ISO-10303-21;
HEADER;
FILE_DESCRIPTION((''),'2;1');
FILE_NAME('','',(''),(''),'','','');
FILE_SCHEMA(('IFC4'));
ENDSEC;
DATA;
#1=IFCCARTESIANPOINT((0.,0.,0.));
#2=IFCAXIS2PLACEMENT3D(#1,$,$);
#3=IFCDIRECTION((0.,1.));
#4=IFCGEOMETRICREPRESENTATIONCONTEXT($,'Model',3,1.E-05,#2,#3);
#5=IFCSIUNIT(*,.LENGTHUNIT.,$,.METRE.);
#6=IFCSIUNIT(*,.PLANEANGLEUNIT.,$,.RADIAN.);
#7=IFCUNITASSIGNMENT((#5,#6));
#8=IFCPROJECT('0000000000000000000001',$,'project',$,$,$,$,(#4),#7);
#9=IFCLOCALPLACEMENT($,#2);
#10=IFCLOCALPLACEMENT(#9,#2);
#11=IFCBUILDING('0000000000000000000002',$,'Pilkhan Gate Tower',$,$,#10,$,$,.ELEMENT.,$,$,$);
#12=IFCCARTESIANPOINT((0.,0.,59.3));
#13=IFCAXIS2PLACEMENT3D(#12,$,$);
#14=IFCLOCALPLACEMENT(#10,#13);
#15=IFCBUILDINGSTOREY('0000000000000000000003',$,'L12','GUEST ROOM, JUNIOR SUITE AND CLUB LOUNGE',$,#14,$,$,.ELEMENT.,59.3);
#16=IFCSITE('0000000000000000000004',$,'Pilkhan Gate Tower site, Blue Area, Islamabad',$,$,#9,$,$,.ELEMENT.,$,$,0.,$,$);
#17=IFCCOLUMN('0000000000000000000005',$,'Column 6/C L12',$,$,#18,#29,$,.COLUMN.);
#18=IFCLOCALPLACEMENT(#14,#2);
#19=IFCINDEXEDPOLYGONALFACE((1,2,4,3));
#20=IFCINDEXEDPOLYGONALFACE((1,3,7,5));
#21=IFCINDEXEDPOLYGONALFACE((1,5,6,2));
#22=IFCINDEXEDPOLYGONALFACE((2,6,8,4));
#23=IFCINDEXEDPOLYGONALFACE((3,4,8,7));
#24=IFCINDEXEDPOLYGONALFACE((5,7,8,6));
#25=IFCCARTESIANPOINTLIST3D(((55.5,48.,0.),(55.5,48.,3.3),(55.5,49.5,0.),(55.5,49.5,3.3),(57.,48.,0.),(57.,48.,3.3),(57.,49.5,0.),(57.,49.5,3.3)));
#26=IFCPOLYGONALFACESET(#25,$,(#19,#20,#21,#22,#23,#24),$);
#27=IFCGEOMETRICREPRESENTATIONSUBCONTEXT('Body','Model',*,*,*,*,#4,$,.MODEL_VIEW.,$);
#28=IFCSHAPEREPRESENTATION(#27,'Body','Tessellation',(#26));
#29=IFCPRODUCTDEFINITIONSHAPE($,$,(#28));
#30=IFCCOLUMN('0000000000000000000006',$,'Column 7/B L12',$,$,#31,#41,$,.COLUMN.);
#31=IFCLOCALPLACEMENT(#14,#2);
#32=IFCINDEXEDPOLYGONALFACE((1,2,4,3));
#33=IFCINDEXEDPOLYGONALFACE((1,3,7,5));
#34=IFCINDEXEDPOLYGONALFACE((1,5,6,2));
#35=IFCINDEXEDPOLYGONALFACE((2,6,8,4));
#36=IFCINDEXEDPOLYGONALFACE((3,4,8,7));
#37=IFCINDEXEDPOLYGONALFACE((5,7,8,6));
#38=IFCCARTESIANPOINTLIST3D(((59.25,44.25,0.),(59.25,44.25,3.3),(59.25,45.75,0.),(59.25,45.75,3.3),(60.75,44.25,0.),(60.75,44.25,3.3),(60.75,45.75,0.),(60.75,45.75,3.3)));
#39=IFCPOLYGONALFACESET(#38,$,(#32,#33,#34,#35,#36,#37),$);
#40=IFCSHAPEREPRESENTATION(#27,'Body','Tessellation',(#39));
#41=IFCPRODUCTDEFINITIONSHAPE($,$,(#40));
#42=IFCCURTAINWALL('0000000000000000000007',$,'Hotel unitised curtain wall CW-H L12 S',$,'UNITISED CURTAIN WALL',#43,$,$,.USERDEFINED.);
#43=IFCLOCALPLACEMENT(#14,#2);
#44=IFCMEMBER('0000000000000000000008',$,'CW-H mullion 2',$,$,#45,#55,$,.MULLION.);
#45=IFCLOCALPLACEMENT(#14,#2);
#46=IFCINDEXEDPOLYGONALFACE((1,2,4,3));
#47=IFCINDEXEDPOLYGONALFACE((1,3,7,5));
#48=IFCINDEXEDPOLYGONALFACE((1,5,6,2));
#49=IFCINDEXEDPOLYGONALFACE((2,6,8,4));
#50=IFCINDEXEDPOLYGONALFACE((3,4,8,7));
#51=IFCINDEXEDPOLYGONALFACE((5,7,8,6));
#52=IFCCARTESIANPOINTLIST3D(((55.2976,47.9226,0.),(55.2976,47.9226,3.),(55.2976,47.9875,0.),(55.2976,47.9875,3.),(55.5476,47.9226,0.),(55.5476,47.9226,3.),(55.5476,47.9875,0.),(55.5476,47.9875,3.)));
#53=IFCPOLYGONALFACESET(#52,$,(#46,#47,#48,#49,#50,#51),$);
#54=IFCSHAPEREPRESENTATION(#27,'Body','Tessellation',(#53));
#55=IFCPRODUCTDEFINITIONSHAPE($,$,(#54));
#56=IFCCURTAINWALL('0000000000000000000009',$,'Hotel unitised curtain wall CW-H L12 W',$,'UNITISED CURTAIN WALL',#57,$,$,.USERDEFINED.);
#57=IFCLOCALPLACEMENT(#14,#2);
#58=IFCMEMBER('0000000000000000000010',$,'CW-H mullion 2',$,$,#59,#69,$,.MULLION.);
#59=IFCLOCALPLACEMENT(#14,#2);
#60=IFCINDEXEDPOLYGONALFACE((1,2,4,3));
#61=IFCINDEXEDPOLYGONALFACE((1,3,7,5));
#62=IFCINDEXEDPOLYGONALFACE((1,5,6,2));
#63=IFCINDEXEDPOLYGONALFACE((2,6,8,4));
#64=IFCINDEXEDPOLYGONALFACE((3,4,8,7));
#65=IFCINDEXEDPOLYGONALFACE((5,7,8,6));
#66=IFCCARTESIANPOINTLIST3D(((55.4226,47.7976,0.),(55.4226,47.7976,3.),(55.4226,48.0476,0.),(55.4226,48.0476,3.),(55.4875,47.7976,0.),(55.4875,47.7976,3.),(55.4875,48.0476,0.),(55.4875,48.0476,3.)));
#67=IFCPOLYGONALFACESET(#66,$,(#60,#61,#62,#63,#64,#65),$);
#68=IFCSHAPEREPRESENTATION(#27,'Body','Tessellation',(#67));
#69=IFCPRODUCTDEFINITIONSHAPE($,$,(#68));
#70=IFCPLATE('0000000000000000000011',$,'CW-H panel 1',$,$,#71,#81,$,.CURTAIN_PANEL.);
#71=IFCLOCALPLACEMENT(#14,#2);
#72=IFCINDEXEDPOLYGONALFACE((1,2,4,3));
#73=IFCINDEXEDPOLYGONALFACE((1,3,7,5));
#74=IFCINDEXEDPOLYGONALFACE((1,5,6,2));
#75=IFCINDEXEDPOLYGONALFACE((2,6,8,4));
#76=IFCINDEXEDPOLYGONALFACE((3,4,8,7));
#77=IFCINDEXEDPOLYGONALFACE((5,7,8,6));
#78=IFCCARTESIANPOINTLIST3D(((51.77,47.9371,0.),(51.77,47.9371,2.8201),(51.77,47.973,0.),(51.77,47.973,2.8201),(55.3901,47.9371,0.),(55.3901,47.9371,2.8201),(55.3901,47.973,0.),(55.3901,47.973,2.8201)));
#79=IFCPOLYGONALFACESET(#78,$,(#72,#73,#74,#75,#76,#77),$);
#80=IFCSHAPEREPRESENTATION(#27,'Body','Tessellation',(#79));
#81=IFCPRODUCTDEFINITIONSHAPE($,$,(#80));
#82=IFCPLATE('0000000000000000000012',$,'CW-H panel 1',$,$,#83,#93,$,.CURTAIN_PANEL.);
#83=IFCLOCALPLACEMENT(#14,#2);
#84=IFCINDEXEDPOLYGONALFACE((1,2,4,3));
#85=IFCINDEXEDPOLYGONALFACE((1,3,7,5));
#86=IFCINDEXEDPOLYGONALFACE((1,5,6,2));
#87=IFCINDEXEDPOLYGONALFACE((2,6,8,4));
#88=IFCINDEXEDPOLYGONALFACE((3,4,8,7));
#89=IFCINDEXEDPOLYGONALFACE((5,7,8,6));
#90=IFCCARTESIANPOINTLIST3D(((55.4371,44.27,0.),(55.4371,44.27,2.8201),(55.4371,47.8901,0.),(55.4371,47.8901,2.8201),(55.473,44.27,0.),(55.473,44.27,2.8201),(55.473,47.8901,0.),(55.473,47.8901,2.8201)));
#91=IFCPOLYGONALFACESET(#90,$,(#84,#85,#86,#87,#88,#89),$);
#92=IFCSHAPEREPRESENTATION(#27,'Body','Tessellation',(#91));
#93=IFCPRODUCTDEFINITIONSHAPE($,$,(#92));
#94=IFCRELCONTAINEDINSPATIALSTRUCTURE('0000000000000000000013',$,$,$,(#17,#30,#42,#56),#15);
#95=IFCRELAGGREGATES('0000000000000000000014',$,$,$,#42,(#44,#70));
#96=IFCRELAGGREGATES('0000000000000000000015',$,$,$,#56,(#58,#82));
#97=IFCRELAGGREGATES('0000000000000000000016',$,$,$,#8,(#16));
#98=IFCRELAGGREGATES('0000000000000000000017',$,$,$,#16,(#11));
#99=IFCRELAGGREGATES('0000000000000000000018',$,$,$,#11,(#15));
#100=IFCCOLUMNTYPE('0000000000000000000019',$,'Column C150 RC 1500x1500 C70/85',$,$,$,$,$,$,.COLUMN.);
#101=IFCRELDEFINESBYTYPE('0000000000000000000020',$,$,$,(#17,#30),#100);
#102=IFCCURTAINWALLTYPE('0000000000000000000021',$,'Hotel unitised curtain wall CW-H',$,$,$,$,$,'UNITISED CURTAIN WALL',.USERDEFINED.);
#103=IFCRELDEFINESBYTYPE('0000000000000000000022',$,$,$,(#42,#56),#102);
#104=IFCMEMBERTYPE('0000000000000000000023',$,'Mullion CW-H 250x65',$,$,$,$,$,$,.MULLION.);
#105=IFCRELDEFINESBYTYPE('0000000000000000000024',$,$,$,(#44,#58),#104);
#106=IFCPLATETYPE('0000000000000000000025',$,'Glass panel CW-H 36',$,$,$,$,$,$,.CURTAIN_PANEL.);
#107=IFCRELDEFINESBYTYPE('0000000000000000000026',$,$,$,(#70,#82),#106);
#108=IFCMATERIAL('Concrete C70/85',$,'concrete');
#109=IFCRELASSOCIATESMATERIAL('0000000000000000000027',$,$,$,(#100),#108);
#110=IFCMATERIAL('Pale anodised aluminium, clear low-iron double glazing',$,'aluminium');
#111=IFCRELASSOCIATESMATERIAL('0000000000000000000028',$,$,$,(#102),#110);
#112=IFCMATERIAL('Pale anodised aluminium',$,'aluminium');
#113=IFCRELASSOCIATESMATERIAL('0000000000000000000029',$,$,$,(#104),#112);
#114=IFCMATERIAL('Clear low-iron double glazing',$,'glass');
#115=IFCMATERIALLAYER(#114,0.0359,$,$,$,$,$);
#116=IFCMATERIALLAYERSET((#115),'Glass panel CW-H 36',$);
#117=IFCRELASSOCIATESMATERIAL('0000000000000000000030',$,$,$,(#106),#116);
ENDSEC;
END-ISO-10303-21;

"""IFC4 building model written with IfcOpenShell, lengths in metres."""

from ifc_helpers import new_model, si_unit, direction, frame, origin, origin_2d, place, context, subcontext, project, spatial, rectangle, extrude, material, layer, layer_set, material_profile, profile_set, type_object, element, aggregate, save


model = new_model("IFC4")

# Units and contexts
model_context = context("Model", 3, precision=1e-05, world=origin(), true_north=direction((0.0, 1.0)))
body_context = subcontext(model_context, "Body", "Model", "MODEL_VIEW")
ifc_project = project(units=[si_unit("LENGTHUNIT", "METRE"), si_unit("PLANEANGLEUNIT", "RADIAN")], contexts=[model_context])

# Site, building, storey
site_placement = place(None, origin())
site = spatial("IfcSite", under=ifc_project, at=site_placement, Name="Pilkhan Gate Tower site, Blue Area, Islamabad", CompositionType="ELEMENT", RefElevation=0.0)
building_placement = place(site_placement, origin())
building = spatial("IfcBuilding", under=site, at=building_placement, Name="Pilkhan Gate Tower", CompositionType="ELEMENT")
storey_placement = place(building_placement, frame((0.0, 0.0, 59.3)))
storey = spatial("IfcBuildingStorey", under=building, at=storey_placement, Name="L12", Description="GUEST ROOM, JUNIOR SUITE AND CLUB LOUNGE", CompositionType="ELEMENT", Elevation=59.3)

# Columns
ifc_material_1 = material(Name="Concrete C70/85", Category="concrete")
ifc_material_profile_1 = material_profile(ifc_material_1, rectangle(XDim=1.5, YDim=1.5, at=origin_2d()), Name="RC 1500x1500")
ifc_profile_set_1 = profile_set([ifc_material_profile_1], Name="Concrete C70/85")
column_type = type_object("IfcColumnType", Name="Column C150 RC 1500x1500 C70/85", PredefinedType="COLUMN", material=ifc_profile_set_1)
for number, where, z_axis, x_axis, name in (
    (1, (56.25, 48.75, 0.0), (0.0, 0.0, 1.0), (1.0, 0.0, 0.0), "Column 6/C L12"),
    (2, (60.0, 45.0, 0.0), (0.0, 0.0, 1.0), (1.0, 0.0, 0.0), "Column 7/B L12"),
):
    element("IfcColumn", number, at=place(storey_placement, frame(where, z_axis=z_axis, x_axis=x_axis)), inside=storey, type_object=column_type, Name=name, PredefinedType="COLUMN", context=body_context, shape_type="SweptSolid", body=[
        extrude(rectangle(XDim=1.5, YDim=1.5, at=origin_2d()), origin(), (0.0, 0.0, 1.0), 3.3),
    ])

# Curtain walls, members
ifc_material_2 = material(Name="Pale anodised aluminium, clear low-iron double glazing", Category="aluminium")
curtain_wall_type = type_object("IfcCurtainWallType", Name="Hotel unitised curtain wall CW-H", ElementType="UNITISED CURTAIN WALL", PredefinedType="USERDEFINED", material=ifc_material_2)
curtain_wall_1_placement = place(storey_placement, origin())
curtain_wall_1 = element("IfcCurtainWall", 3, at=curtain_wall_1_placement, inside=storey, type_object=curtain_wall_type, Name="Hotel unitised curtain wall CW-H L12 S", ObjectType="UNITISED CURTAIN WALL", PredefinedType="USERDEFINED")
ifc_material_3 = material(Name="Pale anodised aluminium", Category="aluminium")
ifc_material_profile_2 = material_profile(ifc_material_3, rectangle(XDim=0.0649, YDim=0.25, at=origin_2d()), Name="Mullion 250x65")
ifc_profile_set_2 = profile_set([ifc_material_profile_2], Name="Pale anodised aluminium")
member_type = type_object("IfcMemberType", Name="Mullion CW-H 250x65", PredefinedType="MULLION", material=ifc_profile_set_2)
member_1_placement = place(storey_placement, frame((55.4226, 47.9551, 0.0), z_axis=(0.0, 0.0, 1.0), x_axis=(0.0, 1.0, 0.0)))
member_1 = element("IfcMember", 4, at=member_1_placement, type_object=member_type, Name="CW-H mullion 2", PredefinedType="MULLION", context=body_context, shape_type="SweptSolid", body=[
    extrude(rectangle(XDim=0.0649, YDim=0.25, at=origin_2d()), origin(), (0.0, 0.0, 1.0), 3.0),
])
curtain_wall_2_placement = place(storey_placement, origin())
curtain_wall_2 = element("IfcCurtainWall", 5, at=curtain_wall_2_placement, inside=storey, type_object=curtain_wall_type, Name="Hotel unitised curtain wall CW-H L12 W", ObjectType="UNITISED CURTAIN WALL", PredefinedType="USERDEFINED")
member_2_placement = place(storey_placement, frame((55.4551, 47.9226, 0.0), z_axis=(0.0, 0.0, 1.0), x_axis=(-1.0, 0.0, 0.0)))
member_2 = element("IfcMember", 6, at=member_2_placement, type_object=member_type, Name="CW-H mullion 2", PredefinedType="MULLION", context=body_context, shape_type="SweptSolid", body=[
    extrude(rectangle(XDim=0.0649, YDim=0.25, at=origin_2d()), origin(), (0.0, 0.0, 1.0), 3.0),
])

# Plates
ifc_material_4 = material(Name="Clear low-iron double glazing", Category="glass")
ifc_layer_1 = layer(ifc_material_4, 0.0359)
ifc_layer_set_1 = layer_set([ifc_layer_1], Name="Glass panel CW-H 36")
plate_type = type_object("IfcPlateType", Name="Glass panel CW-H 36", PredefinedType="CURTAIN_PANEL", material=ifc_layer_set_1)
plate_1_placement = place(storey_placement, frame((53.5801, 47.9551, 0.0), z_axis=(0.0, 0.0, 1.0), x_axis=(1.0, 0.0, 0.0)))
plate_1 = element("IfcPlate", 7, at=plate_1_placement, type_object=plate_type, Name="CW-H panel 1", PredefinedType="CURTAIN_PANEL", context=body_context, shape_type="SweptSolid", body=[
    extrude(rectangle(XDim=3.6201, YDim=0.0359, at=origin_2d()), origin(), (0.0, 0.0, 1.0), 2.8201),
])
aggregate(curtain_wall_1, [member_1, plate_1])
plate_2_placement = place(storey_placement, frame((55.4551, 46.0801, 0.0), z_axis=(0.0, 0.0, 1.0), x_axis=(0.0, 1.0, 0.0)))
plate_2 = element("IfcPlate", 8, at=plate_2_placement, type_object=plate_type, Name="CW-H panel 1", PredefinedType="CURTAIN_PANEL", context=body_context, shape_type="SweptSolid", body=[
    extrude(rectangle(XDim=3.6201, YDim=0.0359, at=origin_2d()), origin(), (0.0, 0.0, 1.0), 2.8201),
])
aggregate(curtain_wall_2, [member_2, plate_2])

save(model, "model.ifc")
